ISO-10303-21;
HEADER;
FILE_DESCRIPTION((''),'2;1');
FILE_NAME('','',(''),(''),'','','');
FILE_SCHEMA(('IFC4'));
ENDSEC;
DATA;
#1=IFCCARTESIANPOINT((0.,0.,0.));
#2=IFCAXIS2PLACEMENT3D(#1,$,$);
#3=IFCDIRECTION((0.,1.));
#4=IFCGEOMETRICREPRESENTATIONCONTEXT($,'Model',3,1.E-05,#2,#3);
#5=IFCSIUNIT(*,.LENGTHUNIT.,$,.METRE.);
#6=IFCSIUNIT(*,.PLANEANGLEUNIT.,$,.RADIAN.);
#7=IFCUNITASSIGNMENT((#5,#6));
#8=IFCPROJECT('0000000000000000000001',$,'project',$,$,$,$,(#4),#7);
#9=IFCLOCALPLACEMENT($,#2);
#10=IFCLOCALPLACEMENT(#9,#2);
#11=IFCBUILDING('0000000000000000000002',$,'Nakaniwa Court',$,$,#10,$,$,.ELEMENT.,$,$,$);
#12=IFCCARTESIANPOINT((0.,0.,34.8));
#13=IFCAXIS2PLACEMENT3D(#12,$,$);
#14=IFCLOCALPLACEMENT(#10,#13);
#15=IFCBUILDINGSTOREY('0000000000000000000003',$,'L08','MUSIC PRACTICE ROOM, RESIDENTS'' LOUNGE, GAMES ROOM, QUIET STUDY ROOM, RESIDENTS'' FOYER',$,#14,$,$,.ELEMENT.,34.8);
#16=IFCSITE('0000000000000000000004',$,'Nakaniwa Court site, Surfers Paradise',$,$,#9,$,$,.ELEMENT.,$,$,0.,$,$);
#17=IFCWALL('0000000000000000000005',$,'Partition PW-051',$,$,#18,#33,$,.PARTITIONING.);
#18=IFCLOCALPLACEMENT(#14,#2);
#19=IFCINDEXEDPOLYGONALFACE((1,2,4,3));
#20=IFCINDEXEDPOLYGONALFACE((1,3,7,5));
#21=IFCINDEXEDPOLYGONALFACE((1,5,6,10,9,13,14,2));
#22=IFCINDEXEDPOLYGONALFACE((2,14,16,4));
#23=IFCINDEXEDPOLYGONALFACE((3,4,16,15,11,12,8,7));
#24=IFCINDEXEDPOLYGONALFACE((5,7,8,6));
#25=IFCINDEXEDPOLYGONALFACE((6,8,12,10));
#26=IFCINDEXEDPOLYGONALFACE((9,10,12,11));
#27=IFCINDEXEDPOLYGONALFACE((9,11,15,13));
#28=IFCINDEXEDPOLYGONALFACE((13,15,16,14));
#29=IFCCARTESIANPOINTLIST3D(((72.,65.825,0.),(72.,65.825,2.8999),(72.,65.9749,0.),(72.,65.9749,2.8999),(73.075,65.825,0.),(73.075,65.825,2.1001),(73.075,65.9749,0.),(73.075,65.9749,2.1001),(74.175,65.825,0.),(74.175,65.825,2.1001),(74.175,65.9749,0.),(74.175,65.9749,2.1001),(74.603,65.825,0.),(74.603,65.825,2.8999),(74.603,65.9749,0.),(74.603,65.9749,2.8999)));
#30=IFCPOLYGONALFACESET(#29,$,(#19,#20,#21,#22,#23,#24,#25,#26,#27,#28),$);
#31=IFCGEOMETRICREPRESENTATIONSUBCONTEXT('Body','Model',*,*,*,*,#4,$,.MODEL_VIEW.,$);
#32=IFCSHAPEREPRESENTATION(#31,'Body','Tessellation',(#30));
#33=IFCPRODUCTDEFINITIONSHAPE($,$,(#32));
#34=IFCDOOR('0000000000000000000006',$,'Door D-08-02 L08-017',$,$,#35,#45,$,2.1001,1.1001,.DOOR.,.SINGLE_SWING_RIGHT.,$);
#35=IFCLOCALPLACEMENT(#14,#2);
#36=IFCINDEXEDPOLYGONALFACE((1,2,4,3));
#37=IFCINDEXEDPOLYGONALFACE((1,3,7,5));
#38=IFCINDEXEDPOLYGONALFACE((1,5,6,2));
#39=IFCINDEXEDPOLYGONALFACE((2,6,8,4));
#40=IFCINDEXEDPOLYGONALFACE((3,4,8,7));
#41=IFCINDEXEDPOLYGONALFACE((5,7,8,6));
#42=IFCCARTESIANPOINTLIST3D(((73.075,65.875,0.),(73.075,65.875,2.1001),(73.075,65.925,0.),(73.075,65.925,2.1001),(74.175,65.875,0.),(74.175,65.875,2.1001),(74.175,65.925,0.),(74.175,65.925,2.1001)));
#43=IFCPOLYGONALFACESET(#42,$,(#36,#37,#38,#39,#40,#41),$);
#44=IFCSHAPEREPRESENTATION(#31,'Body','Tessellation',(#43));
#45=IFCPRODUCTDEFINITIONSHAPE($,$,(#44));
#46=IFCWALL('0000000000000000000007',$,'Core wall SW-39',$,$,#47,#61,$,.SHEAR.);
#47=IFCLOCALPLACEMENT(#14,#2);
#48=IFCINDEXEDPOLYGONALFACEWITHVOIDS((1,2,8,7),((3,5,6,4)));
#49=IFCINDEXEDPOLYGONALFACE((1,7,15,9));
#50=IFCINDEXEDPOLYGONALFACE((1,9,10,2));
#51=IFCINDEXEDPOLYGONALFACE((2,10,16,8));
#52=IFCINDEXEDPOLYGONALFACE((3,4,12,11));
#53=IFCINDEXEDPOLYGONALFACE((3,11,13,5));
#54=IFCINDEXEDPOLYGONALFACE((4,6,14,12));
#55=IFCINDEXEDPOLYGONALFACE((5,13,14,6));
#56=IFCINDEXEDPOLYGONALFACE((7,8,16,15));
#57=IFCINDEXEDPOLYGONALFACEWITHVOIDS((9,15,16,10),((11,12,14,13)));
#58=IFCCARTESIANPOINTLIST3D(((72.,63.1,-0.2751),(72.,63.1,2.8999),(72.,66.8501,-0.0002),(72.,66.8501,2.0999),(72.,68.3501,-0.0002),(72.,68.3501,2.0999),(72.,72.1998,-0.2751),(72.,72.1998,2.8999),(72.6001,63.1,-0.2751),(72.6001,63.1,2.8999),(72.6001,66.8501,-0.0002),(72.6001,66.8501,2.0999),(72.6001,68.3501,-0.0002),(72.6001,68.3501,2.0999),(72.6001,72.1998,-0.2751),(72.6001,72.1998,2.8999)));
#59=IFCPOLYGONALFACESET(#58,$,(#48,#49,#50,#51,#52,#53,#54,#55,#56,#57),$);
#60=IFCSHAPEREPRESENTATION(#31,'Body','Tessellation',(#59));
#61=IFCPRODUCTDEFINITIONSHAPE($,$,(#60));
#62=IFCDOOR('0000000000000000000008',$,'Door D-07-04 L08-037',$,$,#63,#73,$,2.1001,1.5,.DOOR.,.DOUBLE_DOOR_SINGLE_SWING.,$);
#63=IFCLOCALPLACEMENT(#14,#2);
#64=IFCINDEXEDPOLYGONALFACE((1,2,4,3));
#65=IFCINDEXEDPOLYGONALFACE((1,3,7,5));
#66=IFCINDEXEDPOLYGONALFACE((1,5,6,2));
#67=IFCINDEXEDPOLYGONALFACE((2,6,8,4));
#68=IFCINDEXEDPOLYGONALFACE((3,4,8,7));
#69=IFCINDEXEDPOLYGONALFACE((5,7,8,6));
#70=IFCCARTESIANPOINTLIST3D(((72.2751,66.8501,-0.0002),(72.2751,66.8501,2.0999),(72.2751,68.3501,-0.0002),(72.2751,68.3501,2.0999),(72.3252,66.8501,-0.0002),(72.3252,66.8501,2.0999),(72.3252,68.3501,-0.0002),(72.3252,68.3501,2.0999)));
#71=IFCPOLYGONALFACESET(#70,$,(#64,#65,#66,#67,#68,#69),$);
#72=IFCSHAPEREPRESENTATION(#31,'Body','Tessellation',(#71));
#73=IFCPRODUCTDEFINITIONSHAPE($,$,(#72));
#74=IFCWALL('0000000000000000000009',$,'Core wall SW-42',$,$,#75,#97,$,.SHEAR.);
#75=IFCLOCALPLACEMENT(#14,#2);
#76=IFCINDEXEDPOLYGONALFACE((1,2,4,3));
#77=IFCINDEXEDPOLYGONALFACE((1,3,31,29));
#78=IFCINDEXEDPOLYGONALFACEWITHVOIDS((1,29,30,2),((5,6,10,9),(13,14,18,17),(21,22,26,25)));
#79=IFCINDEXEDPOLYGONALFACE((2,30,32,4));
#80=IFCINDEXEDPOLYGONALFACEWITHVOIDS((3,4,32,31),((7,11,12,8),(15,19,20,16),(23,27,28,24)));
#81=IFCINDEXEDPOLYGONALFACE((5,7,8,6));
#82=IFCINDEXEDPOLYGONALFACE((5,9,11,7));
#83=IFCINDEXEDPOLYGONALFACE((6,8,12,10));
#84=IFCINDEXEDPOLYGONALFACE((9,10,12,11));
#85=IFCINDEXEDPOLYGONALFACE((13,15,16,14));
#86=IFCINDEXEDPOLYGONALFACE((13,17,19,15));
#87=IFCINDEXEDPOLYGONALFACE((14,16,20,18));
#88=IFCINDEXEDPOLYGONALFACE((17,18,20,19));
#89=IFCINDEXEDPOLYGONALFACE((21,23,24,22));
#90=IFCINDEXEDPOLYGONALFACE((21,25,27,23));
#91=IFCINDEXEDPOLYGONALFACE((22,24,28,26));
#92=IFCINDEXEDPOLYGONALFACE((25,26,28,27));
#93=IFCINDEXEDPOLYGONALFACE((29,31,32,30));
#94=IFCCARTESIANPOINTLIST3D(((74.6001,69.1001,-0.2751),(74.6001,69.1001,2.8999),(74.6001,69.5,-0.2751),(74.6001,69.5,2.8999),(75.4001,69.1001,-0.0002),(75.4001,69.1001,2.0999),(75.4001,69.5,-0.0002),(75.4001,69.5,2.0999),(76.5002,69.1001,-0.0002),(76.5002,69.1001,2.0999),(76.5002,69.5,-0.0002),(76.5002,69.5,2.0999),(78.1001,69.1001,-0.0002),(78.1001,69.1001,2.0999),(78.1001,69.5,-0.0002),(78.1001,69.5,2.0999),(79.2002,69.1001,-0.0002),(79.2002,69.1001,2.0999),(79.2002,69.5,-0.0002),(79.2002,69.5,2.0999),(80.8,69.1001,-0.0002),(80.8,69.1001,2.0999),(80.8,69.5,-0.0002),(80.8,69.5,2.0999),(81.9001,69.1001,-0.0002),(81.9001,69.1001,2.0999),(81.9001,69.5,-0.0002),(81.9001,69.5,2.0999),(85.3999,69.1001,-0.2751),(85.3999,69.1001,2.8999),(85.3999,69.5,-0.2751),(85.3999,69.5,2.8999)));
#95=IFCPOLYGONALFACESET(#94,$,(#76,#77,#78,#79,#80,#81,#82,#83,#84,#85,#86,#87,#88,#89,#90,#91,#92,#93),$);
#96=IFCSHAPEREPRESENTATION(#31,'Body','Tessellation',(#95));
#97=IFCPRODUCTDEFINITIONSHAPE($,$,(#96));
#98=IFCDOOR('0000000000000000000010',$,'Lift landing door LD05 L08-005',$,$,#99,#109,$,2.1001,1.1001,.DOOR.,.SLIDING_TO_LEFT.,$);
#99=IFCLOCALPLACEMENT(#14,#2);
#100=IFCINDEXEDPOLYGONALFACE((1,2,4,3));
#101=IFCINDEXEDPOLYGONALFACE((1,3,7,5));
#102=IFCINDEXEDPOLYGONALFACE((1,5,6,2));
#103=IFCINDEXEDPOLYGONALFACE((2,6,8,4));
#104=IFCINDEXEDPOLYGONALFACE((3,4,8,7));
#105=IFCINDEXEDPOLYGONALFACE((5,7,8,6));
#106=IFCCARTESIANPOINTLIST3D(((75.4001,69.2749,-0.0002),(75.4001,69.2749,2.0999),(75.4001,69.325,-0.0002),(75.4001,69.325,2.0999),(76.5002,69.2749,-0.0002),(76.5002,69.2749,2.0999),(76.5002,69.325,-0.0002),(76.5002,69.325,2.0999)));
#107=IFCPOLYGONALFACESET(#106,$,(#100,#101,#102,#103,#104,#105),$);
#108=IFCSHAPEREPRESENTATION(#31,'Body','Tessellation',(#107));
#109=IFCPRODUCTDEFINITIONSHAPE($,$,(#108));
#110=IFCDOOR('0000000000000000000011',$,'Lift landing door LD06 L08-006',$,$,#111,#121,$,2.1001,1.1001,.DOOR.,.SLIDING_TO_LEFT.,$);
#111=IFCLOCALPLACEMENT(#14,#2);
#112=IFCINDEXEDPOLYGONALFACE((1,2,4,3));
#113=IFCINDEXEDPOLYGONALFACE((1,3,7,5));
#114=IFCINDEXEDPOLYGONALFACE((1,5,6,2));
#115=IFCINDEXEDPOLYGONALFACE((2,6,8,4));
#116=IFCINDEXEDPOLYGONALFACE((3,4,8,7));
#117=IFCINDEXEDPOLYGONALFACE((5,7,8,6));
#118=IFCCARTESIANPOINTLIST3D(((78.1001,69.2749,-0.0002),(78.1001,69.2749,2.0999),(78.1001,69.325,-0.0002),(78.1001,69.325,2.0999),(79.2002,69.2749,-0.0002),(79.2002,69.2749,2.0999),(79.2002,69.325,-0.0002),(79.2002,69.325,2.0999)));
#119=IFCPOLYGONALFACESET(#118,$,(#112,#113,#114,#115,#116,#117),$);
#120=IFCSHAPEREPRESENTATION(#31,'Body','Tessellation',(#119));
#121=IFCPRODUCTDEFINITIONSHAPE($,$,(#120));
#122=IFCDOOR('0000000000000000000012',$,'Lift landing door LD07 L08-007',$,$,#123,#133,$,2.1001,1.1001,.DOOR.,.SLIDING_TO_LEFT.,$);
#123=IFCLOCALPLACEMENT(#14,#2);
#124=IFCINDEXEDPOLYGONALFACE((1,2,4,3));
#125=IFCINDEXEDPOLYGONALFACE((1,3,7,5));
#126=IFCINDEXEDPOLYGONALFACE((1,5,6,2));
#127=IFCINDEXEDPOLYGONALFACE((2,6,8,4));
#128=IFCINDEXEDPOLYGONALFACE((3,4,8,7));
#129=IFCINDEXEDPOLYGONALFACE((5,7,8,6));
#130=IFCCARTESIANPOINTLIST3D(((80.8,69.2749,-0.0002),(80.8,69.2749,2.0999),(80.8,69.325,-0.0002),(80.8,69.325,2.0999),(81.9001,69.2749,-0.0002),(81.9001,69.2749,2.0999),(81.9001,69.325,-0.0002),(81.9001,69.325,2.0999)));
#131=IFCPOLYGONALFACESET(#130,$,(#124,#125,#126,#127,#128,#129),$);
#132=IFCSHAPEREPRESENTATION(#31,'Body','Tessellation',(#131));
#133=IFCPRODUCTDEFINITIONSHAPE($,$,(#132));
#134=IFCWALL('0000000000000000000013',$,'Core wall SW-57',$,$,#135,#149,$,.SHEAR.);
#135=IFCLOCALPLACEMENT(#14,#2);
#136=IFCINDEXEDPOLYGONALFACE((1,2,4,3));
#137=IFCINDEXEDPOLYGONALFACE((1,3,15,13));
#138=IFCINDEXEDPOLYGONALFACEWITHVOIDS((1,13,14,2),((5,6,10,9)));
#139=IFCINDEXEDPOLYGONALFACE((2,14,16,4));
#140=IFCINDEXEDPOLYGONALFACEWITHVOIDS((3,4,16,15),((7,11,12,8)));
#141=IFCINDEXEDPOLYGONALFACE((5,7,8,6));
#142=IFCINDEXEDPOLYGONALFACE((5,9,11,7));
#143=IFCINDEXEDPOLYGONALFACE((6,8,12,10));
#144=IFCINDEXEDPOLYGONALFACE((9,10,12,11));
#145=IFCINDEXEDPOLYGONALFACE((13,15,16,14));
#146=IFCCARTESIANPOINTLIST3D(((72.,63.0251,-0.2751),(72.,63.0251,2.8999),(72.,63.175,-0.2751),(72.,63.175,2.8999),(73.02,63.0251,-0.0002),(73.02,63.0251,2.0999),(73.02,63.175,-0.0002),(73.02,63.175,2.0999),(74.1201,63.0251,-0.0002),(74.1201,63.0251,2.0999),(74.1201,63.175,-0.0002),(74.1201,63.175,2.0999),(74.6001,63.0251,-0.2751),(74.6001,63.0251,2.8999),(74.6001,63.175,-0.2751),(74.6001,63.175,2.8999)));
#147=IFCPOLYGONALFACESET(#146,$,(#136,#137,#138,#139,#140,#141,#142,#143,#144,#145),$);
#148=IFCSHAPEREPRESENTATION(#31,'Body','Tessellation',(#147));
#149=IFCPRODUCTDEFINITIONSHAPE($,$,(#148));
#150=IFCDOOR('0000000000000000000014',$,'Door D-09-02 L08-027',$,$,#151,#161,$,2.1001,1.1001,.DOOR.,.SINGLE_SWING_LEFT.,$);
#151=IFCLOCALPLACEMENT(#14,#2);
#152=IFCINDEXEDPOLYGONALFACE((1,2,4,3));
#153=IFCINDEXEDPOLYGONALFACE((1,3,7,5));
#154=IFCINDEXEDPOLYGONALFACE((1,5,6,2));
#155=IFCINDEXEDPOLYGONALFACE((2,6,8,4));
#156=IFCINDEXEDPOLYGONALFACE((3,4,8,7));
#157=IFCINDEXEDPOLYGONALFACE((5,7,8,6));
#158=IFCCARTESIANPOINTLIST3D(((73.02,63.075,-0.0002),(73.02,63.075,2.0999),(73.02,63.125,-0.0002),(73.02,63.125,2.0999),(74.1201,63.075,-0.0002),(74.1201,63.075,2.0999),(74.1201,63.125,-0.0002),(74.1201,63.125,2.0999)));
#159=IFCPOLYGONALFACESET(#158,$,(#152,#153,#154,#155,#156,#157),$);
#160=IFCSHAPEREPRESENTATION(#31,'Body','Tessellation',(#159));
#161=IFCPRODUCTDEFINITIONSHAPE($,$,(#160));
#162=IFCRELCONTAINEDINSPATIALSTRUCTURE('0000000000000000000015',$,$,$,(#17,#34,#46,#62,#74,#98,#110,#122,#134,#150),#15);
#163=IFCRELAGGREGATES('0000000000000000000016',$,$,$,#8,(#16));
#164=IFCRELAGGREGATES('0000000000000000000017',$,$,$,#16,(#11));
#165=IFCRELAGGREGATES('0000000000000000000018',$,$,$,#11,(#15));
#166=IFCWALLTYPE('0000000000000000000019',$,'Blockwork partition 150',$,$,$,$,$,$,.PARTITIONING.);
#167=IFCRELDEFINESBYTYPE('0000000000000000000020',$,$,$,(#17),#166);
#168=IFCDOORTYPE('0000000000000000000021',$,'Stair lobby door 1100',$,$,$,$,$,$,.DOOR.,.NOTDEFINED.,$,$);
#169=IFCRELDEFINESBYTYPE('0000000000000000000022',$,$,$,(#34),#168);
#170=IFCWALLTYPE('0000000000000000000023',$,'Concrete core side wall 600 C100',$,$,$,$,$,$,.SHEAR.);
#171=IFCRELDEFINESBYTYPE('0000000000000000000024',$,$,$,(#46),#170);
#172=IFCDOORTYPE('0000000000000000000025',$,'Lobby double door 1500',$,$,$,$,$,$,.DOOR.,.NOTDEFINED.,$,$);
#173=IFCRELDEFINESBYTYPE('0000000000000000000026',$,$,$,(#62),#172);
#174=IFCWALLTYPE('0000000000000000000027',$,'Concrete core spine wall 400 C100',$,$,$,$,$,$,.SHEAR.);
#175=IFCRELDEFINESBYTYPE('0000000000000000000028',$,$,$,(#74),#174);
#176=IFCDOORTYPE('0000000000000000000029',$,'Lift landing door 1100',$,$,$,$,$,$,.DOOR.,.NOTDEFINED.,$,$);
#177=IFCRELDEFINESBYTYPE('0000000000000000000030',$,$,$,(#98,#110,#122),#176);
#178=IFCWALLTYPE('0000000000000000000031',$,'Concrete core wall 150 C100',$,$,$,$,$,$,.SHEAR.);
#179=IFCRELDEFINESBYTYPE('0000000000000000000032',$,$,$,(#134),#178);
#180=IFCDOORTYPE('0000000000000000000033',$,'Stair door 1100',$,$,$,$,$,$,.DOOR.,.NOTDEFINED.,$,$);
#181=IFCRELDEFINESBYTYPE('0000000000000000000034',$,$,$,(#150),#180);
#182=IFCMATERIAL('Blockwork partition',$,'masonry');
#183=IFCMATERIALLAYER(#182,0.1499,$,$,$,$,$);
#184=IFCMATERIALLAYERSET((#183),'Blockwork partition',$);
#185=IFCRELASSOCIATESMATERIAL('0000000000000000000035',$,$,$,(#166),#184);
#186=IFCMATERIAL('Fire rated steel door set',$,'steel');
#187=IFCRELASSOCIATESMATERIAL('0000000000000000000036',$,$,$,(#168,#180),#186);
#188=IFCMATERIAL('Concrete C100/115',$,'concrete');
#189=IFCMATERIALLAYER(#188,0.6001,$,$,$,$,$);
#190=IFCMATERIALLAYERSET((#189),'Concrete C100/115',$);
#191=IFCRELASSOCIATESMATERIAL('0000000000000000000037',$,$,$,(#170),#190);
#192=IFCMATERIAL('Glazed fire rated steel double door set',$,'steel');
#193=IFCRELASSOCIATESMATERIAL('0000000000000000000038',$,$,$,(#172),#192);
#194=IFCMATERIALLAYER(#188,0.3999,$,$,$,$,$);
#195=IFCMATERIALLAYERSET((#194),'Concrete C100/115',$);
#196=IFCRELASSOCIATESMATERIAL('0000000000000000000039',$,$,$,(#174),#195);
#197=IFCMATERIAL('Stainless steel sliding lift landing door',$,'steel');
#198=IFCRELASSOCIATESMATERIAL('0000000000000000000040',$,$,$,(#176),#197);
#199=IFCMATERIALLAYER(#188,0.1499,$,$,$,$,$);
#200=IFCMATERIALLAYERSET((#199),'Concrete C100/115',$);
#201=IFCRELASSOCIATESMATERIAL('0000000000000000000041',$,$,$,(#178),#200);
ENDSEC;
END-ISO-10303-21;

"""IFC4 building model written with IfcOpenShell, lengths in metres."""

from ifc_helpers import new_model, si_unit, direction, frame, frame_2d, origin, place, context, subcontext, project, spatial, rectangle, extrude, material, layer, layer_set, type_object, element, fill, save


model = new_model("IFC4")

# Units and contexts
model_context = context("Model", 3, precision=1e-05, world=origin(), true_north=direction((0.0, 1.0)))
body_context = subcontext(model_context, "Body", "Model", "MODEL_VIEW")
ifc_project = project(units=[si_unit("LENGTHUNIT", "METRE"), si_unit("PLANEANGLEUNIT", "RADIAN")], contexts=[model_context])

# Site, building, storey
site_placement = place(None, origin())
site = spatial("IfcSite", under=ifc_project, at=site_placement, Name="Nakaniwa Court site, Surfers Paradise", CompositionType="ELEMENT", RefElevation=0.0)
building_placement = place(site_placement, origin())
building = spatial("IfcBuilding", under=site, at=building_placement, Name="Nakaniwa Court", CompositionType="ELEMENT")
storey_placement = place(building_placement, frame((0.0, 0.0, 34.8)))
storey = spatial("IfcBuildingStorey", under=building, at=storey_placement, Name="L08", Description="MUSIC PRACTICE ROOM, RESIDENTS' LOUNGE, GAMES ROOM, QUIET STUDY ROOM, RESIDENTS' FOYER", CompositionType="ELEMENT", Elevation=34.8)

# Shared definitions
ifc_material_1 = material(Name="Concrete C100/115", Category="concrete")

# Walls, openings, doors
ifc_material_2 = material(Name="Blockwork partition", Category="masonry")
ifc_layer_1 = layer(ifc_material_2, 0.1499)
ifc_layer_set_1 = layer_set([ifc_layer_1], Name="Blockwork partition")
wall_type_1 = type_object("IfcWallType", Name="Blockwork partition 150", PredefinedType="PARTITIONING", material=ifc_layer_set_1)
ifc_material_3 = material(Name="Fire rated steel door set", Category="steel")
wall_1_placement = place(storey_placement, frame((74.603, 65.8999, 0.0), z_axis=(0.0, 0.0, 1.0), x_axis=(-1.0, 0.0, 0.0)))
wall_1 = element("IfcWall", 1, at=wall_1_placement, inside=storey, type_object=wall_type_1, Name="Partition PW-051", PredefinedType="PARTITIONING", context=body_context, shape_type="SweptSolid", body=[
    extrude(rectangle(XDim=2.603, YDim=0.1499, at=frame_2d((1.3015, 0.0))), origin(), (0.0, 0.0, 1.0), 2.8999),
])
opening_1_placement = place(wall_1_placement, frame((0.428, 0.0, 0.0)))
opening_1 = element("IfcOpeningElement", 2, at=opening_1_placement, cuts=wall_1, PredefinedType="OPENING", context=body_context, shape_type="SweptSolid", body=[
    extrude(rectangle(XDim=1.1001, YDim=2.1001, at=frame_2d((0.55, 1.05))), frame((0.0, 0.085, 0.0), z_axis=(0.0, -1.0, 0.0), x_axis=(1.0, 0.0, 0.0)), (0.0, 0.0, 1.0), 0.1699),
])
door_type_1 = type_object("IfcDoorType", Name="Stair lobby door 1100", OperationType="NOTDEFINED", PredefinedType="DOOR", material=ifc_material_3)
door_1_placement = place(opening_1_placement, origin())
door_1 = element("IfcDoor", 3, at=door_1_placement, inside=storey, type_object=door_type_1, Name="Door D-08-02 L08-017", OperationType="SINGLE_SWING_RIGHT", OverallHeight=2.1001, OverallWidth=1.1001, PredefinedType="DOOR", context=body_context, shape_type="SweptSolid", body=[
    extrude(rectangle(XDim=1.1001, YDim=2.1001, at=frame_2d((0.55, 1.05))), frame((0.0, 0.0249, 0.0), z_axis=(0.0, -1.0, 0.0), x_axis=(1.0, 0.0, 0.0)), (0.0, 0.0, 1.0), 0.05),
])
fill(opening_1, door_1)
ifc_layer_2 = layer(ifc_material_1, 0.6001)
ifc_layer_set_2 = layer_set([ifc_layer_2], Name="Concrete C100/115")
wall_type_2 = type_object("IfcWallType", Name="Concrete core side wall 600 C100", PredefinedType="SHEAR", material=ifc_layer_set_2)
wall_2_placement = place(storey_placement, frame((72.3, 63.1001, -0.2751), z_axis=(0.0, 0.0, 1.0), x_axis=(0.0, 1.0, 0.0)))
wall_2 = element("IfcWall", 4, at=wall_2_placement, inside=storey, type_object=wall_type_2, Name="Core wall SW-39", PredefinedType="SHEAR", context=body_context, shape_type="SweptSolid", body=[
    extrude(rectangle(XDim=9.0999, YDim=0.6001, at=frame_2d((4.5498, 0.0))), origin(), (0.0, 0.0, 1.0), 3.175),
])
opening_2_placement = place(wall_2_placement, frame((3.75, 0.0, 0.2749)))
opening_2 = element("IfcOpeningElement", 5, at=opening_2_placement, cuts=wall_2, PredefinedType="OPENING", context=body_context, shape_type="SweptSolid", body=[
    extrude(rectangle(XDim=1.5, YDim=2.1001, at=frame_2d((0.75, 1.05))), frame((0.0, 0.3101, 0.0), z_axis=(0.0, -1.0, 0.0), x_axis=(1.0, 0.0, 0.0)), (0.0, 0.0, 1.0), 0.6201),
])
ifc_material_4 = material(Name="Glazed fire rated steel double door set", Category="steel")
door_type_2 = type_object("IfcDoorType", Name="Lobby double door 1500", OperationType="NOTDEFINED", PredefinedType="DOOR", material=ifc_material_4)
door_2_placement = place(opening_2_placement, origin())
door_2 = element("IfcDoor", 6, at=door_2_placement, inside=storey, type_object=door_type_2, Name="Door D-07-04 L08-037", OperationType="DOUBLE_DOOR_SINGLE_SWING", OverallHeight=2.1001, OverallWidth=1.5, PredefinedType="DOOR", context=body_context, shape_type="SweptSolid", body=[
    extrude(rectangle(XDim=1.5, YDim=2.1001, at=frame_2d((0.75, 1.05))), frame((0.0, 0.0249, 0.0), z_axis=(0.0, -1.0, 0.0), x_axis=(1.0, 0.0, 0.0)), (0.0, 0.0, 1.0), 0.05),
])
fill(opening_2, door_2)

# Wall, openings, doors
ifc_layer_3 = layer(ifc_material_1, 0.3999)
ifc_layer_set_3 = layer_set([ifc_layer_3], Name="Concrete C100/115")
wall_type_3 = type_object("IfcWallType", Name="Concrete core spine wall 400 C100", PredefinedType="SHEAR", material=ifc_layer_set_3)
wall_3_placement = place(storey_placement, frame((74.6001, 69.3, -0.2751), z_axis=(0.0, 0.0, 1.0), x_axis=(1.0, 0.0, 0.0)))
wall_3 = element("IfcWall", 7, at=wall_3_placement, inside=storey, type_object=wall_type_3, Name="Core wall SW-42", PredefinedType="SHEAR", context=body_context, shape_type="SweptSolid", body=[
    extrude(rectangle(XDim=10.7998, YDim=0.3999, at=frame_2d((5.3999, 0.0))), origin(), (0.0, 0.0, 1.0), 3.175),
])
opening_3_placement = place(wall_3_placement, frame((0.8, 0.0, 0.2749)))
opening_3 = element("IfcOpeningElement", 8, at=opening_3_placement, cuts=wall_3, PredefinedType="OPENING", context=body_context, shape_type="SweptSolid", body=[
    extrude(rectangle(XDim=1.1001, YDim=2.1001, at=frame_2d((0.55, 1.05))), frame((0.0, 0.21, 0.0), z_axis=(0.0, -1.0, 0.0), x_axis=(1.0, 0.0, 0.0)), (0.0, 0.0, 1.0), 0.4199),
])
opening_4_placement = place(wall_3_placement, frame((3.5, 0.0, 0.2749)))
opening_4 = element("IfcOpeningElement", 9, at=opening_4_placement, cuts=wall_3, PredefinedType="OPENING", context=body_context, shape_type="SweptSolid", body=[
    extrude(rectangle(XDim=1.1001, YDim=2.1001, at=frame_2d((0.55, 1.05))), frame((0.0, 0.21, 0.0), z_axis=(0.0, -1.0, 0.0), x_axis=(1.0, 0.0, 0.0)), (0.0, 0.0, 1.0), 0.4199),
])
opening_5_placement = place(wall_3_placement, frame((6.2, 0.0, 0.2749)))
opening_5 = element("IfcOpeningElement", 10, at=opening_5_placement, cuts=wall_3, PredefinedType="OPENING", context=body_context, shape_type="SweptSolid", body=[
    extrude(rectangle(XDim=1.1001, YDim=2.1001, at=frame_2d((0.55, 1.05))), frame((0.0, 0.21, 0.0), z_axis=(0.0, -1.0, 0.0), x_axis=(1.0, 0.0, 0.0)), (0.0, 0.0, 1.0), 0.4199),
])
ifc_material_5 = material(Name="Stainless steel sliding lift landing door", Category="steel")
door_type_3 = type_object("IfcDoorType", Name="Lift landing door 1100", OperationType="NOTDEFINED", PredefinedType="DOOR", material=ifc_material_5)
door_3_placement = place(opening_3_placement, origin())
door_3 = element("IfcDoor", 11, at=door_3_placement, inside=storey, type_object=door_type_3, Name="Lift landing door LD05 L08-005", OperationType="SLIDING_TO_LEFT", OverallHeight=2.1001, OverallWidth=1.1001, PredefinedType="DOOR", context=body_context, shape_type="SweptSolid", body=[
    extrude(rectangle(XDim=1.1001, YDim=2.1001, at=frame_2d((0.55, 1.05))), frame((0.0, 0.0249, 0.0), z_axis=(0.0, -1.0, 0.0), x_axis=(1.0, 0.0, 0.0)), (0.0, 0.0, 1.0), 0.05),
])
fill(opening_3, door_3)
door_4_placement = place(opening_4_placement, origin())
door_4 = element("IfcDoor", 12, at=door_4_placement, inside=storey, type_object=door_type_3, Name="Lift landing door LD06 L08-006", OperationType="SLIDING_TO_LEFT", OverallHeight=2.1001, OverallWidth=1.1001, PredefinedType="DOOR", context=body_context, shape_type="SweptSolid", body=[
    extrude(rectangle(XDim=1.1001, YDim=2.1001, at=frame_2d((0.55, 1.05))), frame((0.0, 0.0249, 0.0), z_axis=(0.0, -1.0, 0.0), x_axis=(1.0, 0.0, 0.0)), (0.0, 0.0, 1.0), 0.05),
])
fill(opening_4, door_4)
door_5_placement = place(opening_5_placement, origin())
door_5 = element("IfcDoor", 13, at=door_5_placement, inside=storey, type_object=door_type_3, Name="Lift landing door LD07 L08-007", OperationType="SLIDING_TO_LEFT", OverallHeight=2.1001, OverallWidth=1.1001, PredefinedType="DOOR", context=body_context, shape_type="SweptSolid", body=[
    extrude(rectangle(XDim=1.1001, YDim=2.1001, at=frame_2d((0.55, 1.05))), frame((0.0, 0.0249, 0.0), z_axis=(0.0, -1.0, 0.0), x_axis=(1.0, 0.0, 0.0)), (0.0, 0.0, 1.0), 0.05),
])
fill(opening_5, door_5)

# Wall, opening, door
ifc_layer_4 = layer(ifc_material_1, 0.1499)
ifc_layer_set_4 = layer_set([ifc_layer_4], Name="Concrete C100/115")
wall_type_4 = type_object("IfcWallType", Name="Concrete core wall 150 C100", PredefinedType="SHEAR", material=ifc_layer_set_4)
wall_4_placement = place(storey_placement, frame((72.0, 63.1001, -0.2751), z_axis=(0.0, 0.0, 1.0), x_axis=(1.0, 0.0, 0.0)))
wall_4 = element("IfcWall", 14, at=wall_4_placement, inside=storey, type_object=wall_type_4, Name="Core wall SW-57", PredefinedType="SHEAR", context=body_context, shape_type="SweptSolid", body=[
    extrude(rectangle(XDim=2.6001, YDim=0.1499, at=frame_2d((1.3, 0.0))), origin(), (0.0, 0.0, 1.0), 3.175),
])
opening_6_placement = place(wall_4_placement, frame((1.02, 0.0, 0.2749)))
opening_6 = element("IfcOpeningElement", 15, at=opening_6_placement, cuts=wall_4, PredefinedType="OPENING", context=body_context, shape_type="SweptSolid", body=[
    extrude(rectangle(XDim=1.1001, YDim=2.1001, at=frame_2d((0.55, 1.05))), frame((0.0, 0.085, 0.0), z_axis=(0.0, -1.0, 0.0), x_axis=(1.0, 0.0, 0.0)), (0.0, 0.0, 1.0), 0.1699),
])
door_type_4 = type_object("IfcDoorType", Name="Stair door 1100", OperationType="NOTDEFINED", PredefinedType="DOOR", material=ifc_material_3)
door_6_placement = place(opening_6_placement, origin())
door_6 = element("IfcDoor", 16, at=door_6_placement, inside=storey, type_object=door_type_4, Name="Door D-09-02 L08-027", OperationType="SINGLE_SWING_LEFT", OverallHeight=2.1001, OverallWidth=1.1001, PredefinedType="DOOR", context=body_context, shape_type="SweptSolid", body=[
    extrude(rectangle(XDim=1.1001, YDim=2.1001, at=frame_2d((0.55, 1.05))), frame((0.0, 0.0249, 0.0), z_axis=(0.0, -1.0, 0.0), x_axis=(1.0, 0.0, 0.0)), (0.0, 0.0, 1.0), 0.05),
])
fill(opening_6, door_6)

save(model, "model.ifc")
